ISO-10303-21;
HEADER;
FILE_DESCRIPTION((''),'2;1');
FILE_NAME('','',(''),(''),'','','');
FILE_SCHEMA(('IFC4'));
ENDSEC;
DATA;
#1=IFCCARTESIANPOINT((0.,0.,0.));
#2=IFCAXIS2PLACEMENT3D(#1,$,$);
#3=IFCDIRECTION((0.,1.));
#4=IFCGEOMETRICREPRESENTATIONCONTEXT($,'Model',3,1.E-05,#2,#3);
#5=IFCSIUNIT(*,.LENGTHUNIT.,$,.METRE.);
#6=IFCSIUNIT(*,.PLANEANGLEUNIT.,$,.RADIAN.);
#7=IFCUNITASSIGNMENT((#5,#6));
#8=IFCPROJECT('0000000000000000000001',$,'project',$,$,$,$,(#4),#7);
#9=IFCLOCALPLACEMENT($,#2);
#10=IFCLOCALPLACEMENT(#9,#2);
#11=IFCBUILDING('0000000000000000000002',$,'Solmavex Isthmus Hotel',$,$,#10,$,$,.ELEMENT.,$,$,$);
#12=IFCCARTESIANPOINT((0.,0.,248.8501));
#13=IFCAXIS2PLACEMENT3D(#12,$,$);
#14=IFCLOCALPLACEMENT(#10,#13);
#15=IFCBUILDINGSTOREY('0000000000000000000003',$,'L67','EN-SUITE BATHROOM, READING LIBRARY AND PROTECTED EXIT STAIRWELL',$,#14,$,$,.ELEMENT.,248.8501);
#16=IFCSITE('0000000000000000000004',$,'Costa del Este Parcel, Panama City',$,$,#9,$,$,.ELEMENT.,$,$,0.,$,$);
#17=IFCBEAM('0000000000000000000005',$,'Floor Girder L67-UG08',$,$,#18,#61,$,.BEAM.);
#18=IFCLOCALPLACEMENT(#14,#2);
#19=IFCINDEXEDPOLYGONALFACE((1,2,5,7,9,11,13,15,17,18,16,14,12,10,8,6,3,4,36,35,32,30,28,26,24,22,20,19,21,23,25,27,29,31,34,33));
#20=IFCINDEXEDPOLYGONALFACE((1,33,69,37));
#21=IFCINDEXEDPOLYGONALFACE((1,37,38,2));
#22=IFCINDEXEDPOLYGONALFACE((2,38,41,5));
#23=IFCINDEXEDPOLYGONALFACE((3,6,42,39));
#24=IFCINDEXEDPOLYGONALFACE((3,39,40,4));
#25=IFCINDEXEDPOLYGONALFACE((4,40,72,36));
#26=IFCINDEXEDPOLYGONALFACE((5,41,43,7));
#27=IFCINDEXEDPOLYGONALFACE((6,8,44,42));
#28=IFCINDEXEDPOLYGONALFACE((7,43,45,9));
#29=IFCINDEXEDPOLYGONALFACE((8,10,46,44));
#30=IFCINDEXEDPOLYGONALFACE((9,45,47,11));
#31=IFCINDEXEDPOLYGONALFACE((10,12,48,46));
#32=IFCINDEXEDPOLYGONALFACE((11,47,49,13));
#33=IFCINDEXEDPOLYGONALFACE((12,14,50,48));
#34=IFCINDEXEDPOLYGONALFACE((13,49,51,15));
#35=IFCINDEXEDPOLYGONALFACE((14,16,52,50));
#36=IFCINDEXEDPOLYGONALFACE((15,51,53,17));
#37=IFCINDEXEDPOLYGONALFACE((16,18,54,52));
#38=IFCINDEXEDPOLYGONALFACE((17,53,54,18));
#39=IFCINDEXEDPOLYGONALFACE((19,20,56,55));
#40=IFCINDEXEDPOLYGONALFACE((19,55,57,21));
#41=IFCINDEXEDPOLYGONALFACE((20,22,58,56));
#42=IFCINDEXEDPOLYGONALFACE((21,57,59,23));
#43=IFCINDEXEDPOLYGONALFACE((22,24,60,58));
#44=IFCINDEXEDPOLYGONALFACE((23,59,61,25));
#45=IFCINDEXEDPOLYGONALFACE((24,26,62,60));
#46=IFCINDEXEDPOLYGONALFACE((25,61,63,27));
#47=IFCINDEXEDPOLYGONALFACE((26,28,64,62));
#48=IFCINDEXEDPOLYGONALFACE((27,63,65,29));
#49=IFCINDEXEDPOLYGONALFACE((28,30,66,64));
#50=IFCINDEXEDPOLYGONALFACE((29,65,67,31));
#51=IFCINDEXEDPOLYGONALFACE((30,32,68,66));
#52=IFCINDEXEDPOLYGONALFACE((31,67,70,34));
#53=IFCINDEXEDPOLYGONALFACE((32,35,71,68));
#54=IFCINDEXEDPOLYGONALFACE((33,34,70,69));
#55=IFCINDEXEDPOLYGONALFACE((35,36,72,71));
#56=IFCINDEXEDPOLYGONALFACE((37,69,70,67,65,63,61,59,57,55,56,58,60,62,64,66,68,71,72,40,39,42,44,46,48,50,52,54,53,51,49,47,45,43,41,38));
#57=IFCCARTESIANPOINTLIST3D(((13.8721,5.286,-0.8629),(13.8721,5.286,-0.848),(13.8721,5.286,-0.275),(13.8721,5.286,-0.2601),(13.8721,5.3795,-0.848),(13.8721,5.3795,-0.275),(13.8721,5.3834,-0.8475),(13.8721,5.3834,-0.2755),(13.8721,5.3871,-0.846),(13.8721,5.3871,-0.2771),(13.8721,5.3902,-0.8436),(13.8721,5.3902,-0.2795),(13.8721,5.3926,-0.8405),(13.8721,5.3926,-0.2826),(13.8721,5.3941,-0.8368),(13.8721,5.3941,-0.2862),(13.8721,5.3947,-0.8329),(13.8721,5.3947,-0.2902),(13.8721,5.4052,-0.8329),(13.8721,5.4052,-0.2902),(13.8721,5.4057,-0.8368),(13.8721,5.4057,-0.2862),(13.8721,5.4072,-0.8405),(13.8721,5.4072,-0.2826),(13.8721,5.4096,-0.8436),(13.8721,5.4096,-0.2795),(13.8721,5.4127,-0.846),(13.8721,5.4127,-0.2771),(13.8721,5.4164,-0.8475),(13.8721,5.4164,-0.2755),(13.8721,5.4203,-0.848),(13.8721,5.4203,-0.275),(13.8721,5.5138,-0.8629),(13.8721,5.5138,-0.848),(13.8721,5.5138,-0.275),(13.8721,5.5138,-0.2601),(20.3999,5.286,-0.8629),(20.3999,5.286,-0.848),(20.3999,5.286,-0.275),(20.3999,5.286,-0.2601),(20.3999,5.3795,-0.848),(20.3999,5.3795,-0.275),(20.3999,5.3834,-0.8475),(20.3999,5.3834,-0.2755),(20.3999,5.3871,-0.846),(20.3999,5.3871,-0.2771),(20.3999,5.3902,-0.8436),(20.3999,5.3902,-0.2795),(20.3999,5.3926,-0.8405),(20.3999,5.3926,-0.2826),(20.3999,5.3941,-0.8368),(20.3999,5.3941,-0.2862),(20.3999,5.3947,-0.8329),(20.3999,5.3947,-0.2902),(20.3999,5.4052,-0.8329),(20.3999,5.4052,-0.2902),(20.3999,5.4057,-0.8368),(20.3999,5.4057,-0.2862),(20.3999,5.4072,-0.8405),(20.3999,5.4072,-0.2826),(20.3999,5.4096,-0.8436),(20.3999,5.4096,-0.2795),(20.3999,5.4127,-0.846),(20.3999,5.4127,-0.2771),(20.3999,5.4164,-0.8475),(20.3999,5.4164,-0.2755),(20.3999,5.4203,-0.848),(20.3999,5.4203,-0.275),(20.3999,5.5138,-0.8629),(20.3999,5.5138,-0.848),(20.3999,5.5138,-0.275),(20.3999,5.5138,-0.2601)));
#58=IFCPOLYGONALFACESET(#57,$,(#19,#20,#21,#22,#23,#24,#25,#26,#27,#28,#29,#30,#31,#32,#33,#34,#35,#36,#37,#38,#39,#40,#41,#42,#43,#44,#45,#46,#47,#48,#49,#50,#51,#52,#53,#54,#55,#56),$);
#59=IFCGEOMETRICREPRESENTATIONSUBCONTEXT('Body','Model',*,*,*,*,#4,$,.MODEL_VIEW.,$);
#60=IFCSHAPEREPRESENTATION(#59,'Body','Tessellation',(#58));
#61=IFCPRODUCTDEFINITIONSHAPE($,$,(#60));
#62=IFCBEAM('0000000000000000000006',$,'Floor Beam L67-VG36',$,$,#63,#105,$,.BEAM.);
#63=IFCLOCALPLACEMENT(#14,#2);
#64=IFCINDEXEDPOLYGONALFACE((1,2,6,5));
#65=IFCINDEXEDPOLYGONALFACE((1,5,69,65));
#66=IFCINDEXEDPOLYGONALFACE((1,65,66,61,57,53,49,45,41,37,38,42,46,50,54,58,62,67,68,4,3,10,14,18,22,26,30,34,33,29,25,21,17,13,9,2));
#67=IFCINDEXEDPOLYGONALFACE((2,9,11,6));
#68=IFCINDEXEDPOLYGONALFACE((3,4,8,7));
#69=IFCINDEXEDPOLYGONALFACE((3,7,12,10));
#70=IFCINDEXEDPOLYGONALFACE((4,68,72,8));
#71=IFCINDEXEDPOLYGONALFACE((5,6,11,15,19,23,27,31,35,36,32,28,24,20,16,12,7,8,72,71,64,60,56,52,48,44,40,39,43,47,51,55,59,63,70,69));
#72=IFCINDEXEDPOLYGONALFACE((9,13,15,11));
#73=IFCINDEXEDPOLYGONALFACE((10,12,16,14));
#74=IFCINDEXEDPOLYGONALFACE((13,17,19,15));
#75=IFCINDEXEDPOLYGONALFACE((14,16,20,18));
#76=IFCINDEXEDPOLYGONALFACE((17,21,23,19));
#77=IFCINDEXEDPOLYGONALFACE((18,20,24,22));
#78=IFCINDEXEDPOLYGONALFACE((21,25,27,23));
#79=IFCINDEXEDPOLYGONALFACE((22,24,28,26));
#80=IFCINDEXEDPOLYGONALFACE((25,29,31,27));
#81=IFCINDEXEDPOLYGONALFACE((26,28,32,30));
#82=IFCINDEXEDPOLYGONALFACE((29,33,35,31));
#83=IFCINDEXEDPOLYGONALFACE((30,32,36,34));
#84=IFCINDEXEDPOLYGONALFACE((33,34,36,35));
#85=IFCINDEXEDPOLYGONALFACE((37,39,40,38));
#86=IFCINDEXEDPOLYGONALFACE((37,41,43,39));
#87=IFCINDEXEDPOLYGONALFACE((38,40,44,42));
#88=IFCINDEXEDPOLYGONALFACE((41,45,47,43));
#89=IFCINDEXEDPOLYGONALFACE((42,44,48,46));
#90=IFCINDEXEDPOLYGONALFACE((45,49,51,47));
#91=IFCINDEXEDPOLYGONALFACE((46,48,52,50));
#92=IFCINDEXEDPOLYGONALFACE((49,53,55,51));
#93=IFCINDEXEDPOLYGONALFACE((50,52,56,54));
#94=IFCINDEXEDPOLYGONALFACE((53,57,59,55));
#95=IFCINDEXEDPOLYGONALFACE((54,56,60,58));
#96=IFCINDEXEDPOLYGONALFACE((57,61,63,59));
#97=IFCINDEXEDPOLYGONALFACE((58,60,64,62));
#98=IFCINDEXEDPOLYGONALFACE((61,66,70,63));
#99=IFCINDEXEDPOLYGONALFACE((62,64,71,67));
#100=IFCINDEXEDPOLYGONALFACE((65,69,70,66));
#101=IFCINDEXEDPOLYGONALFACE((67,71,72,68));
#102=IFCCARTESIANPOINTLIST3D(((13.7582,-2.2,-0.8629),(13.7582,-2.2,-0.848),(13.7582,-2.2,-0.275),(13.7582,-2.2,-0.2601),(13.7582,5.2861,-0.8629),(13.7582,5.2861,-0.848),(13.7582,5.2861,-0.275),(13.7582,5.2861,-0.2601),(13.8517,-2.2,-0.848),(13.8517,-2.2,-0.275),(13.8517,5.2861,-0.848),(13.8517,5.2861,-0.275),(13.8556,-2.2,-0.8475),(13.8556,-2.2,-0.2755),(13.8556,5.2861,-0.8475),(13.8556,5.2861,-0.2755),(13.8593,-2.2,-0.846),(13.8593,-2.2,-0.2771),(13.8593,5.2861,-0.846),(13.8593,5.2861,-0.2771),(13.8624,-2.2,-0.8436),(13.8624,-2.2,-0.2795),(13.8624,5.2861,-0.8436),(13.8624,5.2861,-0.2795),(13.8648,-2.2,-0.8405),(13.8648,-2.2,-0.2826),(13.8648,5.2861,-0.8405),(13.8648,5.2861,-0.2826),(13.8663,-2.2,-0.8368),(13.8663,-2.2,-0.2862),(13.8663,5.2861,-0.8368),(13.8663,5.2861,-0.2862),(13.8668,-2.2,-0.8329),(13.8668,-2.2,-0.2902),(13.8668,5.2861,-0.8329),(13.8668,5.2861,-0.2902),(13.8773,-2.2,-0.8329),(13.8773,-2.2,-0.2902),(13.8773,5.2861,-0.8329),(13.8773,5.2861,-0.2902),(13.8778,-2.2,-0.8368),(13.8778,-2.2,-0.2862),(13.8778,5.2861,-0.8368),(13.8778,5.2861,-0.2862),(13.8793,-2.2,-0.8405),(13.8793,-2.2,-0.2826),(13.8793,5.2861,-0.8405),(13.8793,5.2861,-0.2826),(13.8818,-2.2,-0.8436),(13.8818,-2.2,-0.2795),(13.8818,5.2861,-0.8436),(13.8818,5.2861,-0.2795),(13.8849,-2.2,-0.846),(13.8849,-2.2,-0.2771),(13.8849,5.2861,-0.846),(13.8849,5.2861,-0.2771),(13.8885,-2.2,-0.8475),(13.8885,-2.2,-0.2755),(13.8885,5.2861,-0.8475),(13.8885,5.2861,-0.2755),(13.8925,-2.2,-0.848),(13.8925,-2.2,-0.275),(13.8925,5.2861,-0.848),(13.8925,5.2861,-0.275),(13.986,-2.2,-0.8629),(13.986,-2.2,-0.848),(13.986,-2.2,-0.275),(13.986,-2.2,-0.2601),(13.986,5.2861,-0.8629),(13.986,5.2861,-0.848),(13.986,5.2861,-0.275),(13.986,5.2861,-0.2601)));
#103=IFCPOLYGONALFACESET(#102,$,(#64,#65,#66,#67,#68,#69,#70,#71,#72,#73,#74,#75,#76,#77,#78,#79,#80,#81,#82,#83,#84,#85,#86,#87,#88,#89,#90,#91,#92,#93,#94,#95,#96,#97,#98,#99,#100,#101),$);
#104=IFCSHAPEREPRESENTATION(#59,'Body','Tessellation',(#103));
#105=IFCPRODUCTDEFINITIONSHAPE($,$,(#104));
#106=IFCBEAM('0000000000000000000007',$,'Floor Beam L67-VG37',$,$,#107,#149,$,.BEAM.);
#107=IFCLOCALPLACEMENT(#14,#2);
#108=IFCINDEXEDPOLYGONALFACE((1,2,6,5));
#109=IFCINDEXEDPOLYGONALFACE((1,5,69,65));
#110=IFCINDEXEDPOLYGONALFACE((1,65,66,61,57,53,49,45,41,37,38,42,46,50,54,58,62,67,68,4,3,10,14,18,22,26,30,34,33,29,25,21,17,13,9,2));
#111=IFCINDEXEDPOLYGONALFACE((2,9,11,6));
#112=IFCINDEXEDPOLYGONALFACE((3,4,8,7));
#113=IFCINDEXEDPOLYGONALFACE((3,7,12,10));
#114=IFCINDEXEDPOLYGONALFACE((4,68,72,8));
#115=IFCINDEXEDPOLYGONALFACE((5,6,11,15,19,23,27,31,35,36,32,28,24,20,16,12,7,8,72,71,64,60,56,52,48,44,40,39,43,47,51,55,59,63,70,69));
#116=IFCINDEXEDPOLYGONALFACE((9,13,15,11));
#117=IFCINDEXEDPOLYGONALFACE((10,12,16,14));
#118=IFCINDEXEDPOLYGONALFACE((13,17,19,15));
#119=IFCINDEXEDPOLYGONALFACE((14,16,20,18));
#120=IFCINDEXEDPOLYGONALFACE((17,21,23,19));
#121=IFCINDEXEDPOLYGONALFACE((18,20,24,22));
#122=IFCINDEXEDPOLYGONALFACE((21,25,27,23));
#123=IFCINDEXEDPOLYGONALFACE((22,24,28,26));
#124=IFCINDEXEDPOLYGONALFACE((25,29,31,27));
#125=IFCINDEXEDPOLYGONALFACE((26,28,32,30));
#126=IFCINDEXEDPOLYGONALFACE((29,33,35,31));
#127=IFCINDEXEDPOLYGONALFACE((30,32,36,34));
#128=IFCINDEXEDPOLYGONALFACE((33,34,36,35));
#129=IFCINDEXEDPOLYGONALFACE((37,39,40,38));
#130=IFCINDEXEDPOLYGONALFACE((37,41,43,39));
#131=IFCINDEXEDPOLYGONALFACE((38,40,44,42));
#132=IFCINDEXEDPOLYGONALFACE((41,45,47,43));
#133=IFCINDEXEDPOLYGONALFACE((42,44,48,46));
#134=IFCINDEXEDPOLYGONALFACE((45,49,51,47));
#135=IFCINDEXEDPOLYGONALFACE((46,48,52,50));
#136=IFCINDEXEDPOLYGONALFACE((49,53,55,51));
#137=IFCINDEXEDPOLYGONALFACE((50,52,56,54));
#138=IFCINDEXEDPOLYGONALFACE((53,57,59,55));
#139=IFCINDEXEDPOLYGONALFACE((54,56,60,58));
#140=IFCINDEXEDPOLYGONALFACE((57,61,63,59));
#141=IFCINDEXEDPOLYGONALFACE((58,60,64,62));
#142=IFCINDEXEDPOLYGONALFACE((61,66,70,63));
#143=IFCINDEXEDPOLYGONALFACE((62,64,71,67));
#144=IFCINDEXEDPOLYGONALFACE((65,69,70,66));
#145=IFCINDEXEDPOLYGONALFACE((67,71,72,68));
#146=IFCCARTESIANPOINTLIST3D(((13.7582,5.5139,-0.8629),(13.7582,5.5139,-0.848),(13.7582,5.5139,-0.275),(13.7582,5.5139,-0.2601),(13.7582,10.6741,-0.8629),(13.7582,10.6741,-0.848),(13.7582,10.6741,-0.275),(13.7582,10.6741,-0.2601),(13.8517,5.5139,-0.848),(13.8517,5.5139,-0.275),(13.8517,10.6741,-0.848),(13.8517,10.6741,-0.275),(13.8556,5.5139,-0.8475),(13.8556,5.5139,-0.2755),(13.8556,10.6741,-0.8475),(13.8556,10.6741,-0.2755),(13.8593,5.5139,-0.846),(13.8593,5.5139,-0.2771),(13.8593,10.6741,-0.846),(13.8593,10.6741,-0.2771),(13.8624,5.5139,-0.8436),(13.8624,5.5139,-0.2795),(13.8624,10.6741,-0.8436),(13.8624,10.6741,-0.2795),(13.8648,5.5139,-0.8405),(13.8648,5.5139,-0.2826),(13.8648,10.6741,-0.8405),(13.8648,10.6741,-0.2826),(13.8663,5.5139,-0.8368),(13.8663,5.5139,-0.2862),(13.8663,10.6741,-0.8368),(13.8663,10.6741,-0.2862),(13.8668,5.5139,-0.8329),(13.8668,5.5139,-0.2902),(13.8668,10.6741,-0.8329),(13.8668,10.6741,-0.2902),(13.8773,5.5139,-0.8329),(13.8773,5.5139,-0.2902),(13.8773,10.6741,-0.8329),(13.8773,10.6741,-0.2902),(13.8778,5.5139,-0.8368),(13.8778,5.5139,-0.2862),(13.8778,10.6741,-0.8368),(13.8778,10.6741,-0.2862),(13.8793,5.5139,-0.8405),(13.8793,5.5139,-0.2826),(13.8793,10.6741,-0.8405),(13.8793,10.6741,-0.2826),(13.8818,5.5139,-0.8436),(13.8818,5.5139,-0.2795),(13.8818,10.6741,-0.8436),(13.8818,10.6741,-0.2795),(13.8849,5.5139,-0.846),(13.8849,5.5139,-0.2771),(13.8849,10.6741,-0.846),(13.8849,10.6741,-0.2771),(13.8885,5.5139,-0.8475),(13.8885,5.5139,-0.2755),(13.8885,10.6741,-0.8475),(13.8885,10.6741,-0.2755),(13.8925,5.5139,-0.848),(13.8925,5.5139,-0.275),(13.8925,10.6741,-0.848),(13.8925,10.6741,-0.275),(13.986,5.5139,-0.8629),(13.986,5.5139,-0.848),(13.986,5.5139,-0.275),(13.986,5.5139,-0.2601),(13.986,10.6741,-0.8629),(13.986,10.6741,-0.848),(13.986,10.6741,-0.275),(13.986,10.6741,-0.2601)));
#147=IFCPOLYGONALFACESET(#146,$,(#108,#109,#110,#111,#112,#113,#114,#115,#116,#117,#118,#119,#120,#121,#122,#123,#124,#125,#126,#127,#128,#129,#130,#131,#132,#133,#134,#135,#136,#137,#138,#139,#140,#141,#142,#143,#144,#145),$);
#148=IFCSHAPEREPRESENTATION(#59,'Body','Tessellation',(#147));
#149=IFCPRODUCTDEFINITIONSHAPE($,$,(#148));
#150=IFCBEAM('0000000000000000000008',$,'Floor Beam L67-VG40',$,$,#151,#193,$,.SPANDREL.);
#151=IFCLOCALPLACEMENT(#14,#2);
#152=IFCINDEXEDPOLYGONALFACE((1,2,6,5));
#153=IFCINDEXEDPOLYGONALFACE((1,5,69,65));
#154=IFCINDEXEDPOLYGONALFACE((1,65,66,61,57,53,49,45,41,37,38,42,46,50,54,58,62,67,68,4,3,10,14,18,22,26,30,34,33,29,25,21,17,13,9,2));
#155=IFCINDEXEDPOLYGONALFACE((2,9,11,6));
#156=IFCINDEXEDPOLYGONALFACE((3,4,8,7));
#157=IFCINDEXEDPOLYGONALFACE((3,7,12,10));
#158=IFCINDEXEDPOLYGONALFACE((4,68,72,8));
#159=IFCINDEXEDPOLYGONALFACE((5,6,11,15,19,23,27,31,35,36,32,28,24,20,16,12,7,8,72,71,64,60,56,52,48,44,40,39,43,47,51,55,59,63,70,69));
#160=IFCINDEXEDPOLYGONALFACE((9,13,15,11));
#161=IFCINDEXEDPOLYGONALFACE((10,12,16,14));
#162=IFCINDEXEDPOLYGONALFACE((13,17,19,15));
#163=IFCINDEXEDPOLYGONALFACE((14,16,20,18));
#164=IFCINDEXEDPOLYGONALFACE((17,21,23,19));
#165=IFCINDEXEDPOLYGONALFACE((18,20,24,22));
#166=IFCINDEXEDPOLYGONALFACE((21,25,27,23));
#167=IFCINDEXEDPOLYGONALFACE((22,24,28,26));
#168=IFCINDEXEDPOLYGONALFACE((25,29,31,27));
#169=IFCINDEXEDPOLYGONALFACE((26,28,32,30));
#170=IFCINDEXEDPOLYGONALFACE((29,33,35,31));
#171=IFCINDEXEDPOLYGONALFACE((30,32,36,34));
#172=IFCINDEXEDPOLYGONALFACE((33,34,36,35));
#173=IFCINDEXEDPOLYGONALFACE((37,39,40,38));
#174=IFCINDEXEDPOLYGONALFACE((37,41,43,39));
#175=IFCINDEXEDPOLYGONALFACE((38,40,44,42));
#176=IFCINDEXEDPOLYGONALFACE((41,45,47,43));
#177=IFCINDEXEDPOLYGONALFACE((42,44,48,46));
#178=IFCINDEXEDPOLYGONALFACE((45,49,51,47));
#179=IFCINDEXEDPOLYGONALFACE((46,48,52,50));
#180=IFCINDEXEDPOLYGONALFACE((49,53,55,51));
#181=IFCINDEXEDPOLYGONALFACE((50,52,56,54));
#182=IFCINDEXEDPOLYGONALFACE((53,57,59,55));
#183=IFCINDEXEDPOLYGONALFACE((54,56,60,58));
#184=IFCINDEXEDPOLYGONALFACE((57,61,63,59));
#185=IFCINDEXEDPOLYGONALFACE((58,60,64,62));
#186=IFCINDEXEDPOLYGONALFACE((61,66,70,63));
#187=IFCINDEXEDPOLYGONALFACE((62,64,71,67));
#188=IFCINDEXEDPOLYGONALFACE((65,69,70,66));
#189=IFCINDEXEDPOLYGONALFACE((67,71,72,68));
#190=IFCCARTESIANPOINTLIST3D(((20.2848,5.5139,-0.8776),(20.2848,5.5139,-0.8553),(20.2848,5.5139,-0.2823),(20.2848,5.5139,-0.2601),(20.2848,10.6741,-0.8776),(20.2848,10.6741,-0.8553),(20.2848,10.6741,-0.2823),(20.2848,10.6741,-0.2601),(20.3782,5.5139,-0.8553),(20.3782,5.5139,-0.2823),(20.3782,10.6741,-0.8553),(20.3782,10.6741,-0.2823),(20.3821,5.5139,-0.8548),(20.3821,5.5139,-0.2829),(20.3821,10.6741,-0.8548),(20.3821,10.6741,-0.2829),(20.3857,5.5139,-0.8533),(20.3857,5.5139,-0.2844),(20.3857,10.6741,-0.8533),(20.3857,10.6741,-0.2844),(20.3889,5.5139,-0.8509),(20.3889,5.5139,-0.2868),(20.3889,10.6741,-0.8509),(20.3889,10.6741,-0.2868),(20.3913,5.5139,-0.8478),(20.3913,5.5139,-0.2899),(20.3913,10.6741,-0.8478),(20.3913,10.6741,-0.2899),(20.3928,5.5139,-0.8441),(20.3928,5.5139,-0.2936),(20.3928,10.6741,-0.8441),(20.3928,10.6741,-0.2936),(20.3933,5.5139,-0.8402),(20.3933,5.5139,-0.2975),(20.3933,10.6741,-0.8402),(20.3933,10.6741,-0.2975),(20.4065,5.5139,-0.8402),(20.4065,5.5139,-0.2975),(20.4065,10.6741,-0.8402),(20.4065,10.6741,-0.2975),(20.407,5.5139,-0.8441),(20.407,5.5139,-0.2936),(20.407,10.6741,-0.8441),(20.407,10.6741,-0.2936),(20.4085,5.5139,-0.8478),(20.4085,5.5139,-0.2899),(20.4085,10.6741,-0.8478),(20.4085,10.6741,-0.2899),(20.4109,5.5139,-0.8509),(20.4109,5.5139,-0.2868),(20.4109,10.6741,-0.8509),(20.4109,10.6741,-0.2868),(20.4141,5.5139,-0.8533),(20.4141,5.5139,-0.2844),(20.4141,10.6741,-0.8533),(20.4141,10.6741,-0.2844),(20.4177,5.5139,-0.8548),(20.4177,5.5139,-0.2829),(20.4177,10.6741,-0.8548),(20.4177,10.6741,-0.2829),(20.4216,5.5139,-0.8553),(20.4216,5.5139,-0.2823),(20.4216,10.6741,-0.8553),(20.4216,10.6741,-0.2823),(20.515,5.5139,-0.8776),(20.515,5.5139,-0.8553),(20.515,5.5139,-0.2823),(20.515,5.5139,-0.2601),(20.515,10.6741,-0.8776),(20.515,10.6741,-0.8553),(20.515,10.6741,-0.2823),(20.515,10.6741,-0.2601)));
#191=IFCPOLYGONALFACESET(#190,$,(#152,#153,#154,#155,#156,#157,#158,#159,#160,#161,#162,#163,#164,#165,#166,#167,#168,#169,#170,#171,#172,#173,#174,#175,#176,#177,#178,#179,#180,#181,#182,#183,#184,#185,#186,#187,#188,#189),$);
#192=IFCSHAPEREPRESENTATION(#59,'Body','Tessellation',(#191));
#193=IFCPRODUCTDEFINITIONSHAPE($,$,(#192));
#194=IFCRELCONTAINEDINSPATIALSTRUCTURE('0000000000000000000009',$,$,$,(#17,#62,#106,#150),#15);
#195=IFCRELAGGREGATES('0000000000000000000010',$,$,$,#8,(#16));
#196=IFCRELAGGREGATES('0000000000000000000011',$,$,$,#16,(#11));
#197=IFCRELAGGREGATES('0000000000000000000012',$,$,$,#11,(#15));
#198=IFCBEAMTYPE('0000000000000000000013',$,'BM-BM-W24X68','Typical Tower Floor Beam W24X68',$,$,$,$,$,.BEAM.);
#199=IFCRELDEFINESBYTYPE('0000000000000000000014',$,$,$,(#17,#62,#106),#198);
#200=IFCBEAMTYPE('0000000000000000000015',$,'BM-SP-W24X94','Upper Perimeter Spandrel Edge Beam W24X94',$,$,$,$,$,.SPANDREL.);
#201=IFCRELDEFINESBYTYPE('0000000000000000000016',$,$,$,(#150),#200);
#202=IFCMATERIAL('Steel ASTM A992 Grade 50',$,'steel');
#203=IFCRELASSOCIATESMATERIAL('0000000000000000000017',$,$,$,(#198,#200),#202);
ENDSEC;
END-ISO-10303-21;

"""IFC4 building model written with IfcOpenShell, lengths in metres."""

from ifc_helpers import new_model, si_unit, direction, frame, origin, origin_2d, place, context, subcontext, project, spatial, i_section, extrude, material, material_profile, profile_set, type_object, element, save


model = new_model("IFC4")

# Units and contexts
model_context = context("Model", 3, precision=1e-05, world=origin(), true_north=direction((0.0, 1.0)))
body_context = subcontext(model_context, "Body", "Model", "MODEL_VIEW")
ifc_project = project(units=[si_unit("LENGTHUNIT", "METRE"), si_unit("PLANEANGLEUNIT", "RADIAN")], contexts=[model_context])

# Site, building, storey
site_placement = place(None, origin())
site = spatial("IfcSite", under=ifc_project, at=site_placement, Name="Costa del Este Parcel, Panama City", CompositionType="ELEMENT", RefElevation=0.0)
building_placement = place(site_placement, origin())
building = spatial("IfcBuilding", under=site, at=building_placement, Name="Solmavex Isthmus Hotel", CompositionType="ELEMENT")
storey_placement = place(building_placement, frame((0.0, 0.0, 248.8501)))
storey = spatial("IfcBuildingStorey", under=building, at=storey_placement, Name="L67", Description="EN-SUITE BATHROOM, READING LIBRARY AND PROTECTED EXIT STAIRWELL", CompositionType="ELEMENT", Elevation=248.8501)

# Beams
ifc_material_1 = material(Name="Steel ASTM A992 Grade 50", Category="steel")
ifc_material_profile_1 = material_profile(ifc_material_1, i_section(OverallWidth=0.2278, OverallDepth=0.6028, WebThickness=0.0105, FlangeThickness=0.0149, FilletRadius=0.0151, at=origin_2d()), Name="W24X68")
ifc_profile_set_1 = profile_set([ifc_material_profile_1], Name="Steel ASTM A992 Grade 50")
beam_type_1 = type_object("IfcBeamType", Name="BM-BM-W24X68", Description="Typical Tower Floor Beam W24X68", PredefinedType="BEAM", material=ifc_profile_set_1)
beam_1_placement = place(storey_placement, frame((13.8721, 5.3999, -0.5615), z_axis=(1.0, 0.0, 0.0), x_axis=(0.0, 1.0, 0.0)))
element("IfcBeam", 1, at=beam_1_placement, inside=storey, type_object=beam_type_1, Name="Floor Girder L67-UG08", PredefinedType="BEAM", context=body_context, shape_type="SweptSolid", body=[
    extrude(i_section(OverallWidth=0.2278, OverallDepth=0.6028, WebThickness=0.0105, FlangeThickness=0.0149, FilletRadius=0.0151, at=origin_2d()), origin(), (0.0, 0.0, 1.0), 6.5278),
])
beam_2_placement = place(storey_placement, frame((13.8721, -2.2, -0.5615), z_axis=(0.0, 1.0, 0.0), x_axis=(-1.0, 0.0, 0.0)))
element("IfcBeam", 2, at=beam_2_placement, inside=storey, type_object=beam_type_1, Name="Floor Beam L67-VG36", PredefinedType="BEAM", context=body_context, shape_type="SweptSolid", body=[
    extrude(i_section(OverallWidth=0.2278, OverallDepth=0.6028, WebThickness=0.0105, FlangeThickness=0.0149, FilletRadius=0.0151, at=origin_2d()), origin(), (0.0, 0.0, 1.0), 7.4861),
])
beam_3_placement = place(storey_placement, frame((13.8721, 5.5139, -0.5615), z_axis=(0.0, 1.0, 0.0), x_axis=(-1.0, 0.0, 0.0)))
element("IfcBeam", 3, at=beam_3_placement, inside=storey, type_object=beam_type_1, Name="Floor Beam L67-VG37", PredefinedType="BEAM", context=body_context, shape_type="SweptSolid", body=[
    extrude(i_section(OverallWidth=0.2278, OverallDepth=0.6028, WebThickness=0.0105, FlangeThickness=0.0149, FilletRadius=0.0151, at=origin_2d()), origin(), (0.0, 0.0, 1.0), 5.1602),
])
ifc_material_profile_2 = material_profile(ifc_material_1, i_section(OverallWidth=0.2302, OverallDepth=0.6174, WebThickness=0.0132, FlangeThickness=0.0222, FilletRadius=0.0151, at=origin_2d()), Name="W24X94")
ifc_profile_set_2 = profile_set([ifc_material_profile_2], Name="Steel ASTM A992 Grade 50")
beam_type_2 = type_object("IfcBeamType", Name="BM-SP-W24X94", Description="Upper Perimeter Spandrel Edge Beam W24X94", PredefinedType="SPANDREL", material=ifc_profile_set_2)
beam_4_placement = place(storey_placement, frame((20.3999, 5.5139, -0.5688), z_axis=(0.0, 1.0, 0.0), x_axis=(-1.0, 0.0, 0.0)))
element("IfcBeam", 4, at=beam_4_placement, inside=storey, type_object=beam_type_2, Name="Floor Beam L67-VG40", PredefinedType="SPANDREL", context=body_context, shape_type="SweptSolid", body=[
    extrude(i_section(OverallWidth=0.2302, OverallDepth=0.6174, WebThickness=0.0132, FlangeThickness=0.0222, FilletRadius=0.0151, at=origin_2d()), origin(), (0.0, 0.0, 1.0), 5.1602),
])

save(model, "model.ifc")
